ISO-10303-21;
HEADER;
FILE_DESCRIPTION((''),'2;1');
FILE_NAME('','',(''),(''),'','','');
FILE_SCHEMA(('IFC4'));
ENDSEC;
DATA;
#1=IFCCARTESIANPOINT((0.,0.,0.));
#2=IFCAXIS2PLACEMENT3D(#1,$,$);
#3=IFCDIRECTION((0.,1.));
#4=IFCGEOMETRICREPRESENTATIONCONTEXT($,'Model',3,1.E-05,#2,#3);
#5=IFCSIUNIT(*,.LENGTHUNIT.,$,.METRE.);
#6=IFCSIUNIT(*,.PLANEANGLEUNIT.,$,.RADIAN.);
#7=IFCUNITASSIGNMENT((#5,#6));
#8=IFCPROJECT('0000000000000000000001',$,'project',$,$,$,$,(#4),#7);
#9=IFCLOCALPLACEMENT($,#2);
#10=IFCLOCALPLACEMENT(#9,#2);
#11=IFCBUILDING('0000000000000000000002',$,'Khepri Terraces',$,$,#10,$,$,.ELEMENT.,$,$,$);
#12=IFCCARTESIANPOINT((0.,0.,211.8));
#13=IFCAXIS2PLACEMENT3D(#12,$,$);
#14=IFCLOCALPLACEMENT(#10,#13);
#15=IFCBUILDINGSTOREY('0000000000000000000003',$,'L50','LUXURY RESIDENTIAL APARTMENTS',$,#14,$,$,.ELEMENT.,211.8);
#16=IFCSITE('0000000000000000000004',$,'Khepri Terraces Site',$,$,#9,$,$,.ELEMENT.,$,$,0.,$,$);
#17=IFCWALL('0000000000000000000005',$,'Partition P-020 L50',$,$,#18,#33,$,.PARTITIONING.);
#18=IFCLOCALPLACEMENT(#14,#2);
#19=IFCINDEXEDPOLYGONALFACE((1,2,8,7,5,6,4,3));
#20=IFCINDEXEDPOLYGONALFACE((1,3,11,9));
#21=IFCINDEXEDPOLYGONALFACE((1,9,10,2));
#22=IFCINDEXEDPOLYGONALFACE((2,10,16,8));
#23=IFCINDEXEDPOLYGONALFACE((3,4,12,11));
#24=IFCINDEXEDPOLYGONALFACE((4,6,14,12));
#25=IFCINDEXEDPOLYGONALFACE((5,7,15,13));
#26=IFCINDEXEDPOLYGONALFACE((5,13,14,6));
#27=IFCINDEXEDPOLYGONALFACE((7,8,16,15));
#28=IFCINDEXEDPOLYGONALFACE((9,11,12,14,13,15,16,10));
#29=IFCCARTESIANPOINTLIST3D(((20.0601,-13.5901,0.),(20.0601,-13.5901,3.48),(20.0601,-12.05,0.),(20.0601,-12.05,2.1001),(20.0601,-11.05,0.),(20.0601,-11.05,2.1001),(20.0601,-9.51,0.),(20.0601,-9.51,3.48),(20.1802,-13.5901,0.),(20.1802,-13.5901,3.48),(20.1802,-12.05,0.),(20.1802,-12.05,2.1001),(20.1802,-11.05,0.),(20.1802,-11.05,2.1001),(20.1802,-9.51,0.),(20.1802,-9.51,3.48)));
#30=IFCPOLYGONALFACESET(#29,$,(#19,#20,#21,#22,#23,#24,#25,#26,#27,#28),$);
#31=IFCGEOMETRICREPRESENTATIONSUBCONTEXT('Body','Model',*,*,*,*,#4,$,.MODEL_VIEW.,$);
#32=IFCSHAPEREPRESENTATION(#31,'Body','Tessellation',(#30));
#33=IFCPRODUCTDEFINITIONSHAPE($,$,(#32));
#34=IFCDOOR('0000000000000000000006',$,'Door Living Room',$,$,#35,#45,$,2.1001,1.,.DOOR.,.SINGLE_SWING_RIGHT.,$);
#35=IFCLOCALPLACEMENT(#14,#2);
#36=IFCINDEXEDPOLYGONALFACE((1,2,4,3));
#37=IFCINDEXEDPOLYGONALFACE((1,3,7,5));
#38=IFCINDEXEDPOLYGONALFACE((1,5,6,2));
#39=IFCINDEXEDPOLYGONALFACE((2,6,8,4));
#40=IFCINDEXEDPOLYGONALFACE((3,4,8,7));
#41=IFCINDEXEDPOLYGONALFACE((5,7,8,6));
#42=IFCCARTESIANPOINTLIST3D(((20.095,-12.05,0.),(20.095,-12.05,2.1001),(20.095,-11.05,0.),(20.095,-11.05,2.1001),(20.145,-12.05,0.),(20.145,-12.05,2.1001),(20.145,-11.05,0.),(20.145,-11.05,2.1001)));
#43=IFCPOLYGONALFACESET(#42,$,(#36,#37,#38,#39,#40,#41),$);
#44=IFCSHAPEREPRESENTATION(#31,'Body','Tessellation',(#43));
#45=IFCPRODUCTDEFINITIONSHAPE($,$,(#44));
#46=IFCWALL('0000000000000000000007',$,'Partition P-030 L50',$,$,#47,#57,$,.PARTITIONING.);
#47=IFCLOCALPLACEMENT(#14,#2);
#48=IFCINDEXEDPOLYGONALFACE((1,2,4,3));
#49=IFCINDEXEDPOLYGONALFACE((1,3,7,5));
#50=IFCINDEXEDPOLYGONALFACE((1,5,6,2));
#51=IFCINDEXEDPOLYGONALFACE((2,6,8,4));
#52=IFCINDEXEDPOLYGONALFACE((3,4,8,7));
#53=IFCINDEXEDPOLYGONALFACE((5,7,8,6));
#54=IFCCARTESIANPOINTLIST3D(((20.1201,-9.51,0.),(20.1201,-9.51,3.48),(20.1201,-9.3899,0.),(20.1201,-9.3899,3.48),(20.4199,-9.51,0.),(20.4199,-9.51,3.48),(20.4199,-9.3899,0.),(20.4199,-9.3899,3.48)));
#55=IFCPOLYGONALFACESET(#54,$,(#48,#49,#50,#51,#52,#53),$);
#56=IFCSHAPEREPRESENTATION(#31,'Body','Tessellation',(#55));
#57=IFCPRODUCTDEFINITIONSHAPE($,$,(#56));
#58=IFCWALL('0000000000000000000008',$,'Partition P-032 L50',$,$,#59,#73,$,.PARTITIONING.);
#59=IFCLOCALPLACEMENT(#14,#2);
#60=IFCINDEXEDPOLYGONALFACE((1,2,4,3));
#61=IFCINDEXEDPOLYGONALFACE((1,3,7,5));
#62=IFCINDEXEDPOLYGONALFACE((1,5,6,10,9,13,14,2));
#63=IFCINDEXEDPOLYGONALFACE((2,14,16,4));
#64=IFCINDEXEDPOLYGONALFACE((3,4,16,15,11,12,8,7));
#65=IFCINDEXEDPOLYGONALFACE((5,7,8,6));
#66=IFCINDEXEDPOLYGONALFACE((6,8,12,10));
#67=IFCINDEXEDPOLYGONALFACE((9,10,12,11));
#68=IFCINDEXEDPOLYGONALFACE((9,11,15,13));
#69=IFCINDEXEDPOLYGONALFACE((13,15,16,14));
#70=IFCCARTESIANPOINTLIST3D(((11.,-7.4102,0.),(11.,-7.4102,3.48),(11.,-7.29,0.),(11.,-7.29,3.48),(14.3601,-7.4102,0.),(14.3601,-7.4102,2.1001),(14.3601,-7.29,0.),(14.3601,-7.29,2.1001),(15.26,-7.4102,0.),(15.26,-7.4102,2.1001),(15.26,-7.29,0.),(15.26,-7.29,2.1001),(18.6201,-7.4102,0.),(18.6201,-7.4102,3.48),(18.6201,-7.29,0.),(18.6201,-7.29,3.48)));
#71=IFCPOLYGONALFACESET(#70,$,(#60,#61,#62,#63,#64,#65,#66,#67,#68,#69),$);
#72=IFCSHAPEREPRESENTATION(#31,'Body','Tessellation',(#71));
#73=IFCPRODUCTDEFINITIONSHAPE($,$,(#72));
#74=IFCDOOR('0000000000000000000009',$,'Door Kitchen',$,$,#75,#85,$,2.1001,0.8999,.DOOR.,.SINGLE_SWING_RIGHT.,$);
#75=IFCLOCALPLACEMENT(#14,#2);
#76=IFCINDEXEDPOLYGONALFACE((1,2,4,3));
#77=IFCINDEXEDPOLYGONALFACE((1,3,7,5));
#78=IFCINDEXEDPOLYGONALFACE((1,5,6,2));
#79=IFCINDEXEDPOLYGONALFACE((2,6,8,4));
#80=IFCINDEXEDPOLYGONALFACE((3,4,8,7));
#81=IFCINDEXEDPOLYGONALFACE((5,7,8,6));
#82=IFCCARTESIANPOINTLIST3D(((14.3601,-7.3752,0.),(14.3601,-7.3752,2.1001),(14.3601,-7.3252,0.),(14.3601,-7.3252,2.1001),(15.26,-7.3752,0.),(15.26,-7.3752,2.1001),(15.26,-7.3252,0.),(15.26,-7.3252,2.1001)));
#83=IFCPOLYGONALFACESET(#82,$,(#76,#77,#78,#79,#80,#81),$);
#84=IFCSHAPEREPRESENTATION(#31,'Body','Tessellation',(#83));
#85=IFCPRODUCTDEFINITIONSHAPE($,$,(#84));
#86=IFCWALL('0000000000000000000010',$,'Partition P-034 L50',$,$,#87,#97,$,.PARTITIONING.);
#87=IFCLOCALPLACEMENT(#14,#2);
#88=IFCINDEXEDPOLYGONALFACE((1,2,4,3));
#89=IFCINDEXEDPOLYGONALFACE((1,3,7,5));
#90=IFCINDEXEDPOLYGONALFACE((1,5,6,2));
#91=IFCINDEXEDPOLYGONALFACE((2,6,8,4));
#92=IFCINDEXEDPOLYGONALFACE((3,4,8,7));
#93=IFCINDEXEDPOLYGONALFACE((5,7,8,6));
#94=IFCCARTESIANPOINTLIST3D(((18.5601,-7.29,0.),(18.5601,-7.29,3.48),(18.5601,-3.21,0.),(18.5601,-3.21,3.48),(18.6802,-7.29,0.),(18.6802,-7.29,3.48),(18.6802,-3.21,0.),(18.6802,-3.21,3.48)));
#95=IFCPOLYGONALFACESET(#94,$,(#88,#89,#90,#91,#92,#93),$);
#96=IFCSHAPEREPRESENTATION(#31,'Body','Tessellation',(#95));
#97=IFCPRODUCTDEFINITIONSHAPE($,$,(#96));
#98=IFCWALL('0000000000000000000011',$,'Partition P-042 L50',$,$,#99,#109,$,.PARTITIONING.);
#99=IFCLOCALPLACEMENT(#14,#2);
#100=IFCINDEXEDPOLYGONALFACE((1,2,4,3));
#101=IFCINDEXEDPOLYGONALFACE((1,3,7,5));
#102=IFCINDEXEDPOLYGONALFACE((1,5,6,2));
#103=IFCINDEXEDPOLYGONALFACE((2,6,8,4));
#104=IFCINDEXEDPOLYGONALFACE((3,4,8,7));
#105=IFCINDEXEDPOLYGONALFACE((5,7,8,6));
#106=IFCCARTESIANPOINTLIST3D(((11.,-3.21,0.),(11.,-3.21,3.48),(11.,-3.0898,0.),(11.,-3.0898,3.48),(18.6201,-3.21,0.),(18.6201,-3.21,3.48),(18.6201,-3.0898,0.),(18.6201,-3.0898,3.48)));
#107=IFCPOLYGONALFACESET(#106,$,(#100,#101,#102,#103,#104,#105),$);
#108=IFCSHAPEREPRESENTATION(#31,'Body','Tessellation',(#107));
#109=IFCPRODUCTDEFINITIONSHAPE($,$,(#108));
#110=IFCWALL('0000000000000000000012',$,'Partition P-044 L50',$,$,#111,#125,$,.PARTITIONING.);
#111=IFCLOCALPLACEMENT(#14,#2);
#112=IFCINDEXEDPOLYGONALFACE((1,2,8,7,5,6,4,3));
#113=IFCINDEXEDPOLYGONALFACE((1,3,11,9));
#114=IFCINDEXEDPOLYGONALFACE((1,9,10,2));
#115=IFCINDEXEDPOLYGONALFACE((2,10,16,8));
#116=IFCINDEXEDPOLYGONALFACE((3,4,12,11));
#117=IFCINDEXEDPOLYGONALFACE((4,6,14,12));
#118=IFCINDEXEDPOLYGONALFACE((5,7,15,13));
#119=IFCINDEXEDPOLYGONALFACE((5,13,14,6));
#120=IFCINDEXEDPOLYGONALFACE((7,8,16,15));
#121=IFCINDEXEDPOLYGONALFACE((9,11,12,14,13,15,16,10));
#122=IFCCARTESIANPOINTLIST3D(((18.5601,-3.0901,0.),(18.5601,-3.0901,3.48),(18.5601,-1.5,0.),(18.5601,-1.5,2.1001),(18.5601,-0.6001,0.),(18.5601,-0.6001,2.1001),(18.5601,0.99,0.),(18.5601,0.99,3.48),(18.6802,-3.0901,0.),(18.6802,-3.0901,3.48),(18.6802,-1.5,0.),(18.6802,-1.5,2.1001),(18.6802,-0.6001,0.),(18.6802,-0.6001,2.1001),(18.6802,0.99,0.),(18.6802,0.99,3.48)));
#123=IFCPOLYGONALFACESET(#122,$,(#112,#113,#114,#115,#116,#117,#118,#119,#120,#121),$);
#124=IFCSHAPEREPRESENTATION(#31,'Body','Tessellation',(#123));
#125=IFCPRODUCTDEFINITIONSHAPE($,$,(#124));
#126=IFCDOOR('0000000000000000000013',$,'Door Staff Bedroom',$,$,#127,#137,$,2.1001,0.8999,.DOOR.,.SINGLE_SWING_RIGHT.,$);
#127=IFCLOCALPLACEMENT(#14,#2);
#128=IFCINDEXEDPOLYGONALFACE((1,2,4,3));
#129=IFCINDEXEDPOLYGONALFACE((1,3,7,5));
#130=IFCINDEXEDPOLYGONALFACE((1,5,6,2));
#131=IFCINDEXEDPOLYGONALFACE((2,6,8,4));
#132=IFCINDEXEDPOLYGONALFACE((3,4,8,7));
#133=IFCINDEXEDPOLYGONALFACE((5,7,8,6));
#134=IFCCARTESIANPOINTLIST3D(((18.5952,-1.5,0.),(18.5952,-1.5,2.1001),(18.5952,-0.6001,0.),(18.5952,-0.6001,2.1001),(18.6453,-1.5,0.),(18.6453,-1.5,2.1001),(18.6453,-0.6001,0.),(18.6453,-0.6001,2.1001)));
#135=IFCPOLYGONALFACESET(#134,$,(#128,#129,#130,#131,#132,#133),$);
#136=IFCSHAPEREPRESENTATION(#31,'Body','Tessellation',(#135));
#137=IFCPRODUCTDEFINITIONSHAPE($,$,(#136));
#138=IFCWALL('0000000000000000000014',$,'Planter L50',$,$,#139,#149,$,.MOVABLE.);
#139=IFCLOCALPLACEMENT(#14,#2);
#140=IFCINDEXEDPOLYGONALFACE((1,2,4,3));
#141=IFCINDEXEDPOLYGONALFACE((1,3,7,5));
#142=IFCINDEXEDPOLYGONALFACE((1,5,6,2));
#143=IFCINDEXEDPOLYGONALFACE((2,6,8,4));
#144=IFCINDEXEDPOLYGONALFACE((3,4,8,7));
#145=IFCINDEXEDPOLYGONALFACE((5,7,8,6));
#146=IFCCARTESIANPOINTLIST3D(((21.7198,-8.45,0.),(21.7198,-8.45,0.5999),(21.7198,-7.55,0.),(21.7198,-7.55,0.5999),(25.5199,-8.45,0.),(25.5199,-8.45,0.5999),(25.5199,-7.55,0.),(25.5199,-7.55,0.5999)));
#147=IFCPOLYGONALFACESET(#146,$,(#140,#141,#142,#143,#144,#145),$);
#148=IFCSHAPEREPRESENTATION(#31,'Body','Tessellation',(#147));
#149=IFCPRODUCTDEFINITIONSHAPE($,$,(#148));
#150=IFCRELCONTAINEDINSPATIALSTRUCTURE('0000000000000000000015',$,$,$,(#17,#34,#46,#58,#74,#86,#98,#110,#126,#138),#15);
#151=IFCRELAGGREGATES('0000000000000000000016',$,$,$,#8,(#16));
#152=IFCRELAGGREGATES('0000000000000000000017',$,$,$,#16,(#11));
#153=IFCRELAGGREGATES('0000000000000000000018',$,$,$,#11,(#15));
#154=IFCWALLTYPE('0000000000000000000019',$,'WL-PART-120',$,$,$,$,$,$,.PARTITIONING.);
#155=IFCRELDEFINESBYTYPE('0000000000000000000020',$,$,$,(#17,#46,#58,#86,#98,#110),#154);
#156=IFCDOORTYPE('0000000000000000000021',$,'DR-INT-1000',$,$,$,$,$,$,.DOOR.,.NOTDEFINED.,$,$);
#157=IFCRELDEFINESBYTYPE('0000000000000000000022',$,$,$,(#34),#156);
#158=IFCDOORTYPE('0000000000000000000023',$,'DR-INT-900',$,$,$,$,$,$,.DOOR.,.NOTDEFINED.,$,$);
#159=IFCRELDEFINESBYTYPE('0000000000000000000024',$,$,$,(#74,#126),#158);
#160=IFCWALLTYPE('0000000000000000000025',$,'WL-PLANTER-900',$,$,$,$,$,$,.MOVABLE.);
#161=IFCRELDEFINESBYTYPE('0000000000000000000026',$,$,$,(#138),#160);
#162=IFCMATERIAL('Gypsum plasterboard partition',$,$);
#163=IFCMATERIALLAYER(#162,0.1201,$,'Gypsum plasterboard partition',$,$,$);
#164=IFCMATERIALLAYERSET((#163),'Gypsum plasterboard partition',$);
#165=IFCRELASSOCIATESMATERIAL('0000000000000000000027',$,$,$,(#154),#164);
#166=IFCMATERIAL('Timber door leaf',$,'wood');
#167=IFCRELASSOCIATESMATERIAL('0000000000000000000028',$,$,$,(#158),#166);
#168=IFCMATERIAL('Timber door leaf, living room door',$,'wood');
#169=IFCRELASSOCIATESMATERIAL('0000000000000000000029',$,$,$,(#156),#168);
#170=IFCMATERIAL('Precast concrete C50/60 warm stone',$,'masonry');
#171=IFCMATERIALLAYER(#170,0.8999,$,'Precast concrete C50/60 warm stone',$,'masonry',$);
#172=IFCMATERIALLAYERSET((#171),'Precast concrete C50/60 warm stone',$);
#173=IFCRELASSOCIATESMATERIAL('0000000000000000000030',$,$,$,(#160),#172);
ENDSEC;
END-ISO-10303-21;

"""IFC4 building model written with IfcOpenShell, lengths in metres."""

from ifc_helpers import new_model, si_unit, direction, frame, frame_2d, origin, place, context, subcontext, project, spatial, rectangle, extrude, material, layer, layer_set, type_object, element, fill, save


model = new_model("IFC4")

# Units and contexts
model_context = context("Model", 3, precision=1e-05, world=origin(), true_north=direction((0.0, 1.0)))
body_context = subcontext(model_context, "Body", "Model", "MODEL_VIEW")
ifc_project = project(units=[si_unit("LENGTHUNIT", "METRE"), si_unit("PLANEANGLEUNIT", "RADIAN")], contexts=[model_context])

# Site, building, storey
site_placement = place(None, origin())
site = spatial("IfcSite", under=ifc_project, at=site_placement, Name="Khepri Terraces Site", CompositionType="ELEMENT", RefElevation=0.0)
building_placement = place(site_placement, origin())
building = spatial("IfcBuilding", under=site, at=building_placement, Name="Khepri Terraces", CompositionType="ELEMENT")
storey_placement = place(building_placement, frame((0.0, 0.0, 211.8)))
storey = spatial("IfcBuildingStorey", under=building, at=storey_placement, Name="L50", Description="LUXURY RESIDENTIAL APARTMENTS", CompositionType="ELEMENT", Elevation=211.8)

# Shared definitions
ifc_material_1 = material(Name="Precast concrete C50/60 warm stone", Category="masonry")

# Wall, opening, door
ifc_material_2 = material(Name="Gypsum plasterboard partition")
ifc_layer_1 = layer(ifc_material_2, 0.1201, Name="Gypsum plasterboard partition")
ifc_layer_set_1 = layer_set([ifc_layer_1], Name="Gypsum plasterboard partition")
wall_type_1 = type_object("IfcWallType", Name="WL-PART-120", PredefinedType="PARTITIONING", material=ifc_layer_set_1)
ifc_material_3 = material(Name="Timber door leaf", Category="wood")
door_type_1 = type_object("IfcDoorType", Name="DR-INT-900", OperationType="NOTDEFINED", PredefinedType="DOOR", material=ifc_material_3)
wall_1_placement = place(storey_placement, frame((20.1201, -13.5901, 0.0), z_axis=(0.0, 0.0, 1.0), x_axis=(0.0, 1.0, 0.0)))
wall_1 = element("IfcWall", 1, at=wall_1_placement, inside=storey, type_object=wall_type_1, Name="Partition P-020 L50", PredefinedType="PARTITIONING", context=body_context, shape_type="SweptSolid", body=[
    extrude(rectangle(XDim=4.0801, YDim=0.1201, at=frame_2d((2.04, 0.0))), origin(), (0.0, 0.0, 1.0), 3.48),
])
opening_1_placement = place(wall_1_placement, frame((1.54, 0.0, 0.0)))
opening_1 = element("IfcOpeningElement", 2, at=opening_1_placement, cuts=wall_1, PredefinedType="OPENING", context=body_context, shape_type="SweptSolid", body=[
    extrude(rectangle(XDim=1.0, YDim=2.1001, at=frame_2d((0.5, 1.05))), frame((0.0, 0.0701, 0.0), z_axis=(0.0, -1.0, 0.0), x_axis=(1.0, 0.0, 0.0)), (0.0, 0.0, 1.0), 0.1401),
])
ifc_material_4 = material(Name="Timber door leaf, living room door", Category="wood")
door_type_2 = type_object("IfcDoorType", Name="DR-INT-1000", OperationType="NOTDEFINED", PredefinedType="DOOR", material=ifc_material_4)
door_1_placement = place(opening_1_placement, frame((1.0, 0.0, 0.0), z_axis=(0.0, 0.0, 1.0), x_axis=(-1.0, 0.0, 0.0)))
door_1 = element("IfcDoor", 3, at=door_1_placement, inside=storey, type_object=door_type_2, Name="Door Living Room", OperationType="SINGLE_SWING_RIGHT", OverallHeight=2.1001, OverallWidth=1.0, PredefinedType="DOOR", context=body_context, shape_type="SweptSolid", body=[
    extrude(rectangle(XDim=1.0, YDim=2.1001, at=frame_2d((0.5, 1.05))), frame((0.0, 0.0249, 0.0), z_axis=(0.0, -1.0, 0.0), x_axis=(1.0, 0.0, 0.0)), (0.0, 0.0, 1.0), 0.05),
])
fill(opening_1, door_1)

# Wall
wall_2_placement = place(storey_placement, frame((20.1201, -9.45, 0.0), z_axis=(0.0, 0.0, 1.0), x_axis=(1.0, 0.0, 0.0)))
element("IfcWall", 4, at=wall_2_placement, inside=storey, type_object=wall_type_1, Name="Partition P-030 L50", PredefinedType="PARTITIONING", context=body_context, shape_type="SweptSolid", body=[
    extrude(rectangle(XDim=0.2998, YDim=0.1201, at=frame_2d((0.1499, 0.0))), origin(), (0.0, 0.0, 1.0), 3.48),
])

# Wall, opening, door
wall_3_placement = place(storey_placement, frame((11.0, -7.3501, 0.0), z_axis=(0.0, 0.0, 1.0), x_axis=(1.0, 0.0, 0.0)))
wall_3 = element("IfcWall", 5, at=wall_3_placement, inside=storey, type_object=wall_type_1, Name="Partition P-032 L50", PredefinedType="PARTITIONING", context=body_context, shape_type="SweptSolid", body=[
    extrude(rectangle(XDim=7.6201, YDim=0.1201, at=frame_2d((3.8101, 0.0))), origin(), (0.0, 0.0, 1.0), 3.48),
])
opening_2_placement = place(wall_3_placement, frame((3.3601, 0.0, 0.0)))
opening_2 = element("IfcOpeningElement", 6, at=opening_2_placement, cuts=wall_3, PredefinedType="OPENING", context=body_context, shape_type="SweptSolid", body=[
    extrude(rectangle(XDim=0.8999, YDim=2.1001, at=frame_2d((0.45, 1.05))), frame((0.0, 0.0701, 0.0), z_axis=(0.0, -1.0, 0.0), x_axis=(1.0, 0.0, 0.0)), (0.0, 0.0, 1.0), 0.1401),
])
door_2_placement = place(opening_2_placement, origin())
door_2 = element("IfcDoor", 7, at=door_2_placement, inside=storey, type_object=door_type_1, Name="Door Kitchen", OperationType="SINGLE_SWING_RIGHT", OverallHeight=2.1001, OverallWidth=0.8999, PredefinedType="DOOR", context=body_context, shape_type="SweptSolid", body=[
    extrude(rectangle(XDim=0.8999, YDim=2.1001, at=frame_2d((0.45, 1.05))), frame((0.0, 0.0249, 0.0), z_axis=(0.0, -1.0, 0.0), x_axis=(1.0, 0.0, 0.0)), (0.0, 0.0, 1.0), 0.05),
])
fill(opening_2, door_2)

# Walls
wall_4_placement = place(storey_placement, frame((18.6201, -7.29, 0.0), z_axis=(0.0, 0.0, 1.0), x_axis=(0.0, 1.0, 0.0)))
element("IfcWall", 8, at=wall_4_placement, inside=storey, type_object=wall_type_1, Name="Partition P-034 L50", PredefinedType="PARTITIONING", context=body_context, shape_type="SweptSolid", body=[
    extrude(rectangle(XDim=4.0801, YDim=0.1201, at=frame_2d((2.04, 0.0))), origin(), (0.0, 0.0, 1.0), 3.48),
])
wall_5_placement = place(storey_placement, frame((11.0, -3.1499, 0.0), z_axis=(0.0, 0.0, 1.0), x_axis=(1.0, 0.0, 0.0)))
element("IfcWall", 9, at=wall_5_placement, inside=storey, type_object=wall_type_1, Name="Partition P-042 L50", PredefinedType="PARTITIONING", context=body_context, shape_type="SweptSolid", body=[
    extrude(rectangle(XDim=7.6201, YDim=0.1201, at=frame_2d((3.8101, 0.0))), origin(), (0.0, 0.0, 1.0), 3.48),
])

# Wall, opening, door
wall_6_placement = place(storey_placement, frame((18.6201, -3.0901, 0.0), z_axis=(0.0, 0.0, 1.0), x_axis=(0.0, 1.0, 0.0)))
wall_6 = element("IfcWall", 10, at=wall_6_placement, inside=storey, type_object=wall_type_1, Name="Partition P-044 L50", PredefinedType="PARTITIONING", context=body_context, shape_type="SweptSolid", body=[
    extrude(rectangle(XDim=4.0801, YDim=0.1201, at=frame_2d((2.04, 0.0))), origin(), (0.0, 0.0, 1.0), 3.48),
])
opening_3_placement = place(wall_6_placement, frame((1.5901, 0.0, 0.0)))
opening_3 = element("IfcOpeningElement", 11, at=opening_3_placement, cuts=wall_6, PredefinedType="OPENING", context=body_context, shape_type="SweptSolid", body=[
    extrude(rectangle(XDim=0.8999, YDim=2.1001, at=frame_2d((0.45, 1.05))), frame((0.0, 0.0701, 0.0), z_axis=(0.0, -1.0, 0.0), x_axis=(1.0, 0.0, 0.0)), (0.0, 0.0, 1.0), 0.1401),
])
door_3_placement = place(opening_3_placement, origin())
door_3 = element("IfcDoor", 12, at=door_3_placement, inside=storey, type_object=door_type_1, Name="Door Staff Bedroom", OperationType="SINGLE_SWING_RIGHT", OverallHeight=2.1001, OverallWidth=0.8999, PredefinedType="DOOR", context=body_context, shape_type="SweptSolid", body=[
    extrude(rectangle(XDim=0.8999, YDim=2.1001, at=frame_2d((0.45, 1.05))), frame((0.0, 0.0249, 0.0), z_axis=(0.0, -1.0, 0.0), x_axis=(1.0, 0.0, 0.0)), (0.0, 0.0, 1.0), 0.05),
])
fill(opening_3, door_3)

# Wall
ifc_layer_2 = layer(ifc_material_1, 0.8999, Name="Precast concrete C50/60 warm stone", Category="masonry")
ifc_layer_set_2 = layer_set([ifc_layer_2], Name="Precast concrete C50/60 warm stone")
wall_type_2 = type_object("IfcWallType", Name="WL-PLANTER-900", PredefinedType="MOVABLE", material=ifc_layer_set_2)
wall_7_placement = place(storey_placement, frame((21.72, -8.0, 0.0), z_axis=(0.0, 0.0, 1.0), x_axis=(1.0, 0.0, 0.0)))
element("IfcWall", 13, at=wall_7_placement, inside=storey, type_object=wall_type_2, Name="Planter L50", PredefinedType="MOVABLE", context=body_context, shape_type="SweptSolid", body=[
    extrude(rectangle(XDim=3.8, YDim=0.8999, at=frame_2d((1.8999, 0.0))), origin(), (0.0, 0.0, 1.0), 0.5999),
])

save(model, "model.ifc")
